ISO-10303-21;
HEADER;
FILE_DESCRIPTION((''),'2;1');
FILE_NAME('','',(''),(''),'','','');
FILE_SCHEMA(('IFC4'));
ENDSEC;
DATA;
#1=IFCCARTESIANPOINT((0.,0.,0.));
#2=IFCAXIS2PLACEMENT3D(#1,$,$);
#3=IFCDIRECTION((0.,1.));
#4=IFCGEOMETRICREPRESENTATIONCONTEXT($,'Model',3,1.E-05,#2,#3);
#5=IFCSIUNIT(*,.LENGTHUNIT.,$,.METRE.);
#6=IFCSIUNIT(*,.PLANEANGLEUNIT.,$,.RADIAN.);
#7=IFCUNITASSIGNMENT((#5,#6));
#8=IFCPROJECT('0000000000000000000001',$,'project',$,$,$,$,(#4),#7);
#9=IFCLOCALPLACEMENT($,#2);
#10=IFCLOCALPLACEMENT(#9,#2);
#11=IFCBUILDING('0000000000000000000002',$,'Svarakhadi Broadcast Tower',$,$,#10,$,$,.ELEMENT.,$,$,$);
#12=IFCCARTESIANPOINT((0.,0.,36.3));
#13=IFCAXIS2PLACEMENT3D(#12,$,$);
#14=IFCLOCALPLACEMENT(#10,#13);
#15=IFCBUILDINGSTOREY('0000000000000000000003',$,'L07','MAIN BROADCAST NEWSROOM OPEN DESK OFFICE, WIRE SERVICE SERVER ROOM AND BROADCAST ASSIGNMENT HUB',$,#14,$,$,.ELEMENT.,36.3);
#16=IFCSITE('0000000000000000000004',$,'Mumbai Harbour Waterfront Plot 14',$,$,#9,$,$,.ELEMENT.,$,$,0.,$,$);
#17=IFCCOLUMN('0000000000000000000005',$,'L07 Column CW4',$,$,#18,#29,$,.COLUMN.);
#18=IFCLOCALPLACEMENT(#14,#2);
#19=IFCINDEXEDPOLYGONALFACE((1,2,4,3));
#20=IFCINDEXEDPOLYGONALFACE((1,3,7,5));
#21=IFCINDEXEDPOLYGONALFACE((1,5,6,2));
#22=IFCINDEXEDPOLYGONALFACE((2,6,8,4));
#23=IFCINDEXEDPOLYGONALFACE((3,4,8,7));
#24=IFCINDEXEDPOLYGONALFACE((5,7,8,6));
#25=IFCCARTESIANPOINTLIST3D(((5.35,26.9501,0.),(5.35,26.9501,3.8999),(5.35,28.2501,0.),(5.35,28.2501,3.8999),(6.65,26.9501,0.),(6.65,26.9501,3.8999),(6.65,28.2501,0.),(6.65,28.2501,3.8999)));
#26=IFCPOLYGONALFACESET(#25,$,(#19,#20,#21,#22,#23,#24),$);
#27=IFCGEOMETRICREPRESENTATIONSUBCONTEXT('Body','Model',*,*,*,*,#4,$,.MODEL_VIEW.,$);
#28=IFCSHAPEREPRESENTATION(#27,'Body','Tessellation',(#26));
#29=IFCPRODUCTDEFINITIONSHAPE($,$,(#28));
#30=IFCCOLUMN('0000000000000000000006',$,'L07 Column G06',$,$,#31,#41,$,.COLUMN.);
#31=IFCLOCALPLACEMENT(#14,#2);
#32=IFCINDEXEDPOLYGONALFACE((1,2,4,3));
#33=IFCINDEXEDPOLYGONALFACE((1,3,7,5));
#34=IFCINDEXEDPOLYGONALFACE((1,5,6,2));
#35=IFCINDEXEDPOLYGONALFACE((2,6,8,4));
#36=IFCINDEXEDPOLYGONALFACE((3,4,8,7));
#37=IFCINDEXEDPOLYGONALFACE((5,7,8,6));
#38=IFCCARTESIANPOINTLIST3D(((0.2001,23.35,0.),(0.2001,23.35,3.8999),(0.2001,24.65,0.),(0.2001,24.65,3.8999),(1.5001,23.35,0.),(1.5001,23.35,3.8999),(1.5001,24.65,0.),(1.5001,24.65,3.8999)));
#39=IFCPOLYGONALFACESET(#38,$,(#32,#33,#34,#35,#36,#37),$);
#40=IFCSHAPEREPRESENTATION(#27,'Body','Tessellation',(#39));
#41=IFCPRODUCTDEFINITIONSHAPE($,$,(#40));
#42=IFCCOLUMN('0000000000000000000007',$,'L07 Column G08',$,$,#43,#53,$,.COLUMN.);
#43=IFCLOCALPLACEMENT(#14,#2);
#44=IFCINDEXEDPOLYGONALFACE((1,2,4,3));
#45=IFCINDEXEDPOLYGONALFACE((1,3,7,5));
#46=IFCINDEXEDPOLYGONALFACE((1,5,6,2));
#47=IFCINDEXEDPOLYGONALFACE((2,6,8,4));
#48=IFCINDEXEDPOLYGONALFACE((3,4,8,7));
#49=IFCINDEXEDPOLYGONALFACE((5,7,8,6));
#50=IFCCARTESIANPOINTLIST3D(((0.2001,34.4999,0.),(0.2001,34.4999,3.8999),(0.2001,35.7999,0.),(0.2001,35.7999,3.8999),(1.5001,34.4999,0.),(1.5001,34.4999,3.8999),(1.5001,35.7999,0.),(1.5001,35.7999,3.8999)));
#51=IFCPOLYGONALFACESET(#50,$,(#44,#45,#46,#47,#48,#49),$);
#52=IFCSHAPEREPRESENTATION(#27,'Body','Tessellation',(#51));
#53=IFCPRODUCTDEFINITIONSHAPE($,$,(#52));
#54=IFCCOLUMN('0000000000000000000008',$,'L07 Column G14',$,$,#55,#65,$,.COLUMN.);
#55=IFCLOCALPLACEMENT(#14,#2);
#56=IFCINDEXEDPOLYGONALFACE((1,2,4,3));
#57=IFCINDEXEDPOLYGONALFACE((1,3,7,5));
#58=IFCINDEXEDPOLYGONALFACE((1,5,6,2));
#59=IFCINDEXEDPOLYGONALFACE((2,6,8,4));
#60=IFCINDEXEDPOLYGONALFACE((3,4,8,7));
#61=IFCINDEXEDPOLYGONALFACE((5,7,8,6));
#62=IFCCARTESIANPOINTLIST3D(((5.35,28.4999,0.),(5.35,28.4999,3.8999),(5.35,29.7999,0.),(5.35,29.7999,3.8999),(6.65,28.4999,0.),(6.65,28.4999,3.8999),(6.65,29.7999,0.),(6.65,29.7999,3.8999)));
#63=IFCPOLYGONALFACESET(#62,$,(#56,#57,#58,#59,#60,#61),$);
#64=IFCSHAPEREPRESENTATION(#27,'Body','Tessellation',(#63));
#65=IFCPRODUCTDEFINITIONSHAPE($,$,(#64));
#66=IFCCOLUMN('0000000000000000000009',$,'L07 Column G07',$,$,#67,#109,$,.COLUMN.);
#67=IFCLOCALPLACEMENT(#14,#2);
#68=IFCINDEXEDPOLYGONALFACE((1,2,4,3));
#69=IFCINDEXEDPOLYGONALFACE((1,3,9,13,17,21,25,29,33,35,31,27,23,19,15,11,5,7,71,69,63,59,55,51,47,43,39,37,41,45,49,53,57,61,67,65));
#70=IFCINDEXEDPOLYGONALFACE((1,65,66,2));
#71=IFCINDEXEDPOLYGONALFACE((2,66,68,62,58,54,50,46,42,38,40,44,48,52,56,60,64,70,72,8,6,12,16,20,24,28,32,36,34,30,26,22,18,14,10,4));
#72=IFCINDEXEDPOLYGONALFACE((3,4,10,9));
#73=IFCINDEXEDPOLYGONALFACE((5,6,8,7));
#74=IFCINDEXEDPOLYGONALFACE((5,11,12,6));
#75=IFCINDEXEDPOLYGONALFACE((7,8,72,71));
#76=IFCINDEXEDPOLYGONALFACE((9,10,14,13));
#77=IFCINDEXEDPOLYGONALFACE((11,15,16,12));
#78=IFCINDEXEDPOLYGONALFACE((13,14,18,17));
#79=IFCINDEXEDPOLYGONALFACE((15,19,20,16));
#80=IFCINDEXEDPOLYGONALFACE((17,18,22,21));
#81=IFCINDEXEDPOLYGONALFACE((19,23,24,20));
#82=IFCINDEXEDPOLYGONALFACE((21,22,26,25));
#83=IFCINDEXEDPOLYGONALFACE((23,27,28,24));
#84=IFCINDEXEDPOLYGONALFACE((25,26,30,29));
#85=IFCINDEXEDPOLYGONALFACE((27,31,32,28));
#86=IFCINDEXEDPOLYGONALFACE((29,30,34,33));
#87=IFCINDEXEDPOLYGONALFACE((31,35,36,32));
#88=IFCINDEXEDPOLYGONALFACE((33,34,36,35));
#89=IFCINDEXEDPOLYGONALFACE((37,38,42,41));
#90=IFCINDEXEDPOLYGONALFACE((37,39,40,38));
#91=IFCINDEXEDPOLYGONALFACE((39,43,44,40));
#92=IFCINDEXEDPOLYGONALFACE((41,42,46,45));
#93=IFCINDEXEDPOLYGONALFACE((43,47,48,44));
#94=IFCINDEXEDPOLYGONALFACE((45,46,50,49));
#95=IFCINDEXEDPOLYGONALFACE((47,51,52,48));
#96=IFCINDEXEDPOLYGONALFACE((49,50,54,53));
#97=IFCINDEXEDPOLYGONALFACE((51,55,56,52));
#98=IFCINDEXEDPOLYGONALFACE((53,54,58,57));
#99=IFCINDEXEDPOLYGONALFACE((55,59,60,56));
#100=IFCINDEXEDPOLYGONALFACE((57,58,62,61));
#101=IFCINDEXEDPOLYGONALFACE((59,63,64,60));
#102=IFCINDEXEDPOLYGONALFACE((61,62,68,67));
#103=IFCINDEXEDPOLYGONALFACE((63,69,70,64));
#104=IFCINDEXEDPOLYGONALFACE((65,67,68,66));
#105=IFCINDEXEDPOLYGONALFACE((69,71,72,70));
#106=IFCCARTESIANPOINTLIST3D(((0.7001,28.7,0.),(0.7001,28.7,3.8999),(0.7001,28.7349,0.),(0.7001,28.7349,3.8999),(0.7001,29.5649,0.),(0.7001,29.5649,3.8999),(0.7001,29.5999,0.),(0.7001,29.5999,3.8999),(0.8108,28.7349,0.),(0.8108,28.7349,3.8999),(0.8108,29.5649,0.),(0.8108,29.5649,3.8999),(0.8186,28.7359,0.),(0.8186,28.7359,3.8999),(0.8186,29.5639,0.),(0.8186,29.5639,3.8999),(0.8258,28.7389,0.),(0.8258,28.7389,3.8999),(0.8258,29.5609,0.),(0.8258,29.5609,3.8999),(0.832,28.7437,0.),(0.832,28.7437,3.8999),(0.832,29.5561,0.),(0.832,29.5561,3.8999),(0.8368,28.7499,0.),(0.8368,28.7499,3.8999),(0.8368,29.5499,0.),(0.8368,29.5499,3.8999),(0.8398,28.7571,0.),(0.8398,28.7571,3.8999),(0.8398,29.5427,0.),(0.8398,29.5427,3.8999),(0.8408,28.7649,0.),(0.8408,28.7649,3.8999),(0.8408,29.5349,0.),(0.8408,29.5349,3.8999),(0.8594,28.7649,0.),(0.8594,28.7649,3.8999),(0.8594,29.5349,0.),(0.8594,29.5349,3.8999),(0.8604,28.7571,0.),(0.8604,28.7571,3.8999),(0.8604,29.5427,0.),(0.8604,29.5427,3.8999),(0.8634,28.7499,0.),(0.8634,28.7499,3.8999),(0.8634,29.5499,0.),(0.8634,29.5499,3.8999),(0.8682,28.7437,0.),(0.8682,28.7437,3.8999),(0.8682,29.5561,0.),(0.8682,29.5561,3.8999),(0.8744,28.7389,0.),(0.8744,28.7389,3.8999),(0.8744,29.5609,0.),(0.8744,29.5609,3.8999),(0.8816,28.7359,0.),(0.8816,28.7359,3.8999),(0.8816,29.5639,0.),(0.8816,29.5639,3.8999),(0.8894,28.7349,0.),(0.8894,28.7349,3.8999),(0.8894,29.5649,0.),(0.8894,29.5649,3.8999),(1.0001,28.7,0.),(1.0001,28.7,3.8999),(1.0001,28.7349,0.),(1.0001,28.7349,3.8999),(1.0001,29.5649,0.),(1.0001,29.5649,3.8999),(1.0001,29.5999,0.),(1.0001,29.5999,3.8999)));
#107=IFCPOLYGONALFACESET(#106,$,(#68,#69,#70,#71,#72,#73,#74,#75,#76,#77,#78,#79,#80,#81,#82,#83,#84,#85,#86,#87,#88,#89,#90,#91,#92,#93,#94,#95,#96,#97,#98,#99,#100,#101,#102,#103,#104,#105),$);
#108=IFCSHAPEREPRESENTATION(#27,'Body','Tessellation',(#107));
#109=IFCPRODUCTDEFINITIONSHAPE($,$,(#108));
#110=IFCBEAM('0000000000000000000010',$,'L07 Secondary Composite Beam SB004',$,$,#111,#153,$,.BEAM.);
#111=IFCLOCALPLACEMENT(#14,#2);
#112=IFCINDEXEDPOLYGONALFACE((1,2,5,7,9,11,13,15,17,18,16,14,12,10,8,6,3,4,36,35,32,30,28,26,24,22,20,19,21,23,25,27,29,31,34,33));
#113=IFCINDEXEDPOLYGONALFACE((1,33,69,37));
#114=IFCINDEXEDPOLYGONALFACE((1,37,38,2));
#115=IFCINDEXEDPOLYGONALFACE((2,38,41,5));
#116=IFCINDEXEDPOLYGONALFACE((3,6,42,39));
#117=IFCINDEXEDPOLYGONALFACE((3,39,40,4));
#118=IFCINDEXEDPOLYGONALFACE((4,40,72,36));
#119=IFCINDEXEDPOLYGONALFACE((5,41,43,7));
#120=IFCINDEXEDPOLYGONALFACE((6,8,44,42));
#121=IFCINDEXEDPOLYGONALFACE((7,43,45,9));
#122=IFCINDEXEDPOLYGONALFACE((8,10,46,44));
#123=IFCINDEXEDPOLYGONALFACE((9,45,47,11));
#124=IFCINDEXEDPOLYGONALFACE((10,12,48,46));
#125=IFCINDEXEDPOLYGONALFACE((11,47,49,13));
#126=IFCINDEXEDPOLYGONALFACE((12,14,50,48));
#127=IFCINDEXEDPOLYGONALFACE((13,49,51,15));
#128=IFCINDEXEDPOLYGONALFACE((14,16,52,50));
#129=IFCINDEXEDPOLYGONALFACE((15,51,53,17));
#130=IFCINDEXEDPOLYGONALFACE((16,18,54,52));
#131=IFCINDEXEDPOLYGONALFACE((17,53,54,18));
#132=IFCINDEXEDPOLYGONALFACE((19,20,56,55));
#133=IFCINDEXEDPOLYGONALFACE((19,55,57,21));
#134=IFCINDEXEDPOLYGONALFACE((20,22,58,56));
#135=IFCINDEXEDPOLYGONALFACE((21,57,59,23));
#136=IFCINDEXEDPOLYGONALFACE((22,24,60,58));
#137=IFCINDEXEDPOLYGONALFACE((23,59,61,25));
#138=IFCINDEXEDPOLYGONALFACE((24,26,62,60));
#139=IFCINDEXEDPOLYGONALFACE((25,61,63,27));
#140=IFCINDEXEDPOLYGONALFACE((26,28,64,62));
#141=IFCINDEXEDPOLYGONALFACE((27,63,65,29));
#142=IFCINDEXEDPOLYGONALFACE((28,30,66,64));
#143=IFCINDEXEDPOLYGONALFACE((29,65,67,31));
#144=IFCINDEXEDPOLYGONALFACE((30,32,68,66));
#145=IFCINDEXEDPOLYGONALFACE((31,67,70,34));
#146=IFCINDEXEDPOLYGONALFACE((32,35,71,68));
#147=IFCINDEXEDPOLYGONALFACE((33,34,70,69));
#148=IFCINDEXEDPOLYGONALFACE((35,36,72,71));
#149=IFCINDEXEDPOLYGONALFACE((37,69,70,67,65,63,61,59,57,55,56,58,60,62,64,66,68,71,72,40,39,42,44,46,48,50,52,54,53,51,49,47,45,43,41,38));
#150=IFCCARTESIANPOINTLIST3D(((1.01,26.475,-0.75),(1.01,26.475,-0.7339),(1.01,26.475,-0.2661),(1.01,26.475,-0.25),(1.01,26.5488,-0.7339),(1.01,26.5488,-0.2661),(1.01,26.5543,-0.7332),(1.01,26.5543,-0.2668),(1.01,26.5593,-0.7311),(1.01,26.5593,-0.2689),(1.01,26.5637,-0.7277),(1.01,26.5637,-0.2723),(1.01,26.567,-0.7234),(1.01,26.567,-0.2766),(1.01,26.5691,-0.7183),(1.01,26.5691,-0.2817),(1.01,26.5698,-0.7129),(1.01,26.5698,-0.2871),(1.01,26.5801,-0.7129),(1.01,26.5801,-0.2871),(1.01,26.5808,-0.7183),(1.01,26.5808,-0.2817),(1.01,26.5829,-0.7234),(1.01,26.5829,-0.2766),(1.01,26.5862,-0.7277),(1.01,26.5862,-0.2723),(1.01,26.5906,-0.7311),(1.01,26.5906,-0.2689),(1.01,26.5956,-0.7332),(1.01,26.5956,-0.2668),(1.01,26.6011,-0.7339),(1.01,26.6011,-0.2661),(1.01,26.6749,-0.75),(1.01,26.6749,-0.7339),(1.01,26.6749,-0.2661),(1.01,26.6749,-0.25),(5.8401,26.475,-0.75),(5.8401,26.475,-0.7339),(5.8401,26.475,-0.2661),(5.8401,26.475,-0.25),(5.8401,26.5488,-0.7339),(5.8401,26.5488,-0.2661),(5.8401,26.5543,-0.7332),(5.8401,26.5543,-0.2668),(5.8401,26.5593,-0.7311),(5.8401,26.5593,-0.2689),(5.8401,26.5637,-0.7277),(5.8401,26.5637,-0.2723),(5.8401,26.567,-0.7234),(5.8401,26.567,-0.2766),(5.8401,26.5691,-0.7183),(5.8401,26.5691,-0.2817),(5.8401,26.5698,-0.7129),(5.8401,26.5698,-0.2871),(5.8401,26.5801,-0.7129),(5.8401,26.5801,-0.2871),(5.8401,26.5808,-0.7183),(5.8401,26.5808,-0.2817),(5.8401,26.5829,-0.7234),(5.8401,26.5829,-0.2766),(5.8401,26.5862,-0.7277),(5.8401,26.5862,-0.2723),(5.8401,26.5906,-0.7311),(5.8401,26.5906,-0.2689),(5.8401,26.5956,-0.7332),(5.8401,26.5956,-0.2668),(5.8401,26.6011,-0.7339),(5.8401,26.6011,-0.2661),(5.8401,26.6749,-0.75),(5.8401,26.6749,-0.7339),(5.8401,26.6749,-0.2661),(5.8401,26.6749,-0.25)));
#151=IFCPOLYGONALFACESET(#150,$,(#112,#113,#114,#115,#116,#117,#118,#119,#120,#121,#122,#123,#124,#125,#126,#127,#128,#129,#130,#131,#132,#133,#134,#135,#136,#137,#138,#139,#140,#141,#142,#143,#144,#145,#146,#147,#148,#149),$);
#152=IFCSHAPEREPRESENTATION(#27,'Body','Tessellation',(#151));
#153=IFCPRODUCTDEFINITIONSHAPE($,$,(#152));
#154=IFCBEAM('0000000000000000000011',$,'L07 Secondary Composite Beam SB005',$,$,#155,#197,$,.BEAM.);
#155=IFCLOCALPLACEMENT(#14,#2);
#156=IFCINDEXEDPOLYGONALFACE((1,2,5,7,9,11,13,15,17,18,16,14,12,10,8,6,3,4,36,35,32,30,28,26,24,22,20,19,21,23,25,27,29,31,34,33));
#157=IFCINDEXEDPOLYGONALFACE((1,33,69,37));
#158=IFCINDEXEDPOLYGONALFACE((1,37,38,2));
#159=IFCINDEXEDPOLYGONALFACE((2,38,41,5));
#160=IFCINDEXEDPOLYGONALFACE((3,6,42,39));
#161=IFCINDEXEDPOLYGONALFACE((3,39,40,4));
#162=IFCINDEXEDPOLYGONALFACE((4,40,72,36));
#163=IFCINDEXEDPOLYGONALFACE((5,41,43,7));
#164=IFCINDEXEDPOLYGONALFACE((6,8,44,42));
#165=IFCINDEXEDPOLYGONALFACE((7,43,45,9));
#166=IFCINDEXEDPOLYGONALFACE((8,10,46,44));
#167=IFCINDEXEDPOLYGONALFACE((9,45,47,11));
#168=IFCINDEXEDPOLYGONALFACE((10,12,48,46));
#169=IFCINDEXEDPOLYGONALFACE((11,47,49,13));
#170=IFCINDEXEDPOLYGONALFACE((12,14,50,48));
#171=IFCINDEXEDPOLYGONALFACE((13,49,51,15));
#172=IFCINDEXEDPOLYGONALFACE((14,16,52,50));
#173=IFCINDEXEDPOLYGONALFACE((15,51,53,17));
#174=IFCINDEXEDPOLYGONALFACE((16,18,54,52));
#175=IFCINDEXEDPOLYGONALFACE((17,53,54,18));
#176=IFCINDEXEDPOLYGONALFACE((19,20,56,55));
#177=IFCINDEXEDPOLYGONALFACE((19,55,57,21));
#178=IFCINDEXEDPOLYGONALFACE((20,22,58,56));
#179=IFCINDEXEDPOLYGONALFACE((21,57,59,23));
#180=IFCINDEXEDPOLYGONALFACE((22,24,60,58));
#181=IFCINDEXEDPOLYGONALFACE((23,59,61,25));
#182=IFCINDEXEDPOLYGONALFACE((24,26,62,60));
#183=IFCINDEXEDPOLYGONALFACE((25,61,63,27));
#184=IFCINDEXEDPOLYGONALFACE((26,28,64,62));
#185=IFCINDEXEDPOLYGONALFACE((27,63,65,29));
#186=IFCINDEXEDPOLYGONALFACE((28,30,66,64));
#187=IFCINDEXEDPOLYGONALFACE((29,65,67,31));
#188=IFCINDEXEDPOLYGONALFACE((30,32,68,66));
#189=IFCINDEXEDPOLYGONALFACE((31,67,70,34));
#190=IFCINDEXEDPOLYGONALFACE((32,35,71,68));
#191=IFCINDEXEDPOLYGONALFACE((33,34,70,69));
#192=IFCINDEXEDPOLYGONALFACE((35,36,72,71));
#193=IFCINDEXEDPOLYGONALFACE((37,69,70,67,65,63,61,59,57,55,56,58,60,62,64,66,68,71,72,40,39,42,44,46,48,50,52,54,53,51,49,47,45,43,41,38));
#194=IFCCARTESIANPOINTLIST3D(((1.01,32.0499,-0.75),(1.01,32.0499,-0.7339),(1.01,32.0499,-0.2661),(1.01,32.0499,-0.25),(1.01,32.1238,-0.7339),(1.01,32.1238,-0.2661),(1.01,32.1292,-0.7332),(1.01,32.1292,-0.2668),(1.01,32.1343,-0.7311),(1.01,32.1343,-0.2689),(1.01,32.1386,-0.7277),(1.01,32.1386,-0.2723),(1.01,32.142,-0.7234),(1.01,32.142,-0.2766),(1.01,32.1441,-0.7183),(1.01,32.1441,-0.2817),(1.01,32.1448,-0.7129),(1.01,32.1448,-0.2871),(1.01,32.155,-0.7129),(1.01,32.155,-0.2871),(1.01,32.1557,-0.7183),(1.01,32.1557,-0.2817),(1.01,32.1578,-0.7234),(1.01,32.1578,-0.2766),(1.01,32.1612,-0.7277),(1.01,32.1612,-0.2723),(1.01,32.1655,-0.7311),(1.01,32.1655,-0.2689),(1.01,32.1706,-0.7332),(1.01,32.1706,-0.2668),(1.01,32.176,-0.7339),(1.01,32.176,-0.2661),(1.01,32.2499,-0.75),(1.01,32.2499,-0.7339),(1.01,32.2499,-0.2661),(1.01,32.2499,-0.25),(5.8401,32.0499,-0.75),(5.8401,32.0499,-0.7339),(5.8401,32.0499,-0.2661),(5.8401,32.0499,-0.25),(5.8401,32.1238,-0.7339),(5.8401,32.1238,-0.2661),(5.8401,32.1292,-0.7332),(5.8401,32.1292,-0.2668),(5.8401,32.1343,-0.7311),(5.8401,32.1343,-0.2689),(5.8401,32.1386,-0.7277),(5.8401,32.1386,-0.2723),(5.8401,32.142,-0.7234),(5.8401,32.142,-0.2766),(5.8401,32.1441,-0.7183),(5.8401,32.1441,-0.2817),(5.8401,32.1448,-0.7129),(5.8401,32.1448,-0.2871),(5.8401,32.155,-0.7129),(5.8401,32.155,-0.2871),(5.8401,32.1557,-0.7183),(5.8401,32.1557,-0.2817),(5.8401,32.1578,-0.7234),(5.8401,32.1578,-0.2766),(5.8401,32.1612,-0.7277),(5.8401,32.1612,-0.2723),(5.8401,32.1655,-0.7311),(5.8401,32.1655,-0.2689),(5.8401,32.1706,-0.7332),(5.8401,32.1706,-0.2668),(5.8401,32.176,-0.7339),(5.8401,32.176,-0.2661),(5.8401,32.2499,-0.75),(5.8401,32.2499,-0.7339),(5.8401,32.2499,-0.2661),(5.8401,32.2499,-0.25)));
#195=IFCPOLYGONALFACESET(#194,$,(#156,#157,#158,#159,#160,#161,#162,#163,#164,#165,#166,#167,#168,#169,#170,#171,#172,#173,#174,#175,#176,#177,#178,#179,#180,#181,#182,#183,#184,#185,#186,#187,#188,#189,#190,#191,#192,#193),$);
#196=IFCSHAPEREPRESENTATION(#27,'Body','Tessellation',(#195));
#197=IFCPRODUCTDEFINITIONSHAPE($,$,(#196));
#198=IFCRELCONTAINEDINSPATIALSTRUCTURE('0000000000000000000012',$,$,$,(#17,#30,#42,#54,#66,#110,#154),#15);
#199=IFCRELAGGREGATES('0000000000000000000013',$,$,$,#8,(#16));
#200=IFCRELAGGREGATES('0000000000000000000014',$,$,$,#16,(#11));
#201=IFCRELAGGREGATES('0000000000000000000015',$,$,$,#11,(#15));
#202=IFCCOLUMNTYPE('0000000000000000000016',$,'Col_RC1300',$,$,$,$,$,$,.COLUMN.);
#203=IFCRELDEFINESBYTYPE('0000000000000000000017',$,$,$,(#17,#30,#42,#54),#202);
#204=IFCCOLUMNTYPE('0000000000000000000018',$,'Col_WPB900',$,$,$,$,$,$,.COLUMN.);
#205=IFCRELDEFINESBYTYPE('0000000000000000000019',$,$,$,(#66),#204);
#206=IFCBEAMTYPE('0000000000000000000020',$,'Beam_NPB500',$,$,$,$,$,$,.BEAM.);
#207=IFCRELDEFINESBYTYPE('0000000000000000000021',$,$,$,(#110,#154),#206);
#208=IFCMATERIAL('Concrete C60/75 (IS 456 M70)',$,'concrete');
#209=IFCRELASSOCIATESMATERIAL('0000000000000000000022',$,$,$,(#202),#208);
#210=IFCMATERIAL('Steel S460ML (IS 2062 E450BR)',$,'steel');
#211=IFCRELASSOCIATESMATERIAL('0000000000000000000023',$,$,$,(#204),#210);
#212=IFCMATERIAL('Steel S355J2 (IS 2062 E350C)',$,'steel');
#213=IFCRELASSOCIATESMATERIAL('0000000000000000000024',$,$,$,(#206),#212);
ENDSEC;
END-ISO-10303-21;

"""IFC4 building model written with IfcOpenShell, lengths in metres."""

from ifc_helpers import new_model, si_unit, direction, frame, origin, origin_2d, place, context, subcontext, project, spatial, rectangle, i_section, extrude, material, material_profile, profile_set, type_object, element, save


model = new_model("IFC4")

# Units and contexts
model_context = context("Model", 3, precision=1e-05, world=origin(), true_north=direction((0.0, 1.0)))
body_context = subcontext(model_context, "Body", "Model", "MODEL_VIEW")
ifc_project = project(units=[si_unit("LENGTHUNIT", "METRE"), si_unit("PLANEANGLEUNIT", "RADIAN")], contexts=[model_context])

# Site, building, storey
site_placement = place(None, origin())
site = spatial("IfcSite", under=ifc_project, at=site_placement, Name="Mumbai Harbour Waterfront Plot 14", CompositionType="ELEMENT", RefElevation=0.0)
building_placement = place(site_placement, origin())
building = spatial("IfcBuilding", under=site, at=building_placement, Name="Svarakhadi Broadcast Tower", CompositionType="ELEMENT")
storey_placement = place(building_placement, frame((0.0, 0.0, 36.3)))
storey = spatial("IfcBuildingStorey", under=building, at=storey_placement, Name="L07", Description="MAIN BROADCAST NEWSROOM OPEN DESK OFFICE, WIRE SERVICE SERVER ROOM AND BROADCAST ASSIGNMENT HUB", CompositionType="ELEMENT", Elevation=36.3)

# Columns
ifc_material_1 = material(Name="Concrete C60/75 (IS 456 M70)", Category="concrete")
ifc_material_profile_1 = material_profile(ifc_material_1, rectangle(XDim=1.3, YDim=1.3, at=origin_2d()), Name="RC 1300x1300")
ifc_profile_set_1 = profile_set([ifc_material_profile_1], Name="Concrete C60/75 (IS 456 M70)")
column_type_1 = type_object("IfcColumnType", Name="Col_RC1300", PredefinedType="COLUMN", material=ifc_profile_set_1)
for number, where, z_axis, x_axis, name in (
    (1, (6.0, 27.6001, 0.0), (0.0, 0.0, 1.0), (1.0, 0.0, 0.0), "L07 Column CW4"),
    (2, (0.8501, 24.0, 0.0), (0.0, 0.0, 1.0), (1.0, 0.0, 0.0), "L07 Column G06"),
    (3, (0.8501, 35.1499, 0.0), (0.0, 0.0, 1.0), (1.0, 0.0, 0.0), "L07 Column G08"),
    (4, (6.0, 29.1499, 0.0), (0.0, 0.0, 1.0), (1.0, 0.0, 0.0), "L07 Column G14"),
):
    element("IfcColumn", number, at=place(storey_placement, frame(where, z_axis=z_axis, x_axis=x_axis)), inside=storey, type_object=column_type_1, Name=name, PredefinedType="COLUMN", context=body_context, shape_type="SweptSolid", body=[
        extrude(rectangle(XDim=1.3, YDim=1.3, at=origin_2d()), origin(), (0.0, 0.0, 1.0), 3.8999),
    ])
ifc_material_2 = material(Name="Steel S460ML (IS 2062 E450BR)", Category="steel")
ifc_material_profile_2 = material_profile(ifc_material_2, i_section(OverallWidth=0.3, OverallDepth=0.8999, WebThickness=0.0186, FlangeThickness=0.0349, FilletRadius=0.03, at=origin_2d()), Name="WPB 900x300x291")
ifc_profile_set_2 = profile_set([ifc_material_profile_2], Name="Steel S460ML (IS 2062 E450BR)")
column_type_2 = type_object("IfcColumnType", Name="Col_WPB900", PredefinedType="COLUMN", material=ifc_profile_set_2)
column_placement = place(storey_placement, frame((0.8501, 29.1499, 0.0), z_axis=(0.0, 0.0, 1.0), x_axis=(1.0, 0.0, 0.0)))
element("IfcColumn", 5, at=column_placement, inside=storey, type_object=column_type_2, Name="L07 Column G07", PredefinedType="COLUMN", context=body_context, shape_type="SweptSolid", body=[
    extrude(i_section(OverallWidth=0.3, OverallDepth=0.8999, WebThickness=0.0186, FlangeThickness=0.0349, FilletRadius=0.03, at=origin_2d()), origin(), (0.0, 0.0, 1.0), 3.8999),
])

# Beams
ifc_material_3 = material(Name="Steel S355J2 (IS 2062 E350C)", Category="steel")
ifc_material_profile_3 = material_profile(ifc_material_3, i_section(OverallWidth=0.2, OverallDepth=0.5, WebThickness=0.0103, FlangeThickness=0.0161, FilletRadius=0.021, at=origin_2d()), Name="NPB 500x200x91")
ifc_profile_set_3 = profile_set([ifc_material_profile_3], Name="Steel S355J2 (IS 2062 E350C)")
beam_type_1 = type_object("IfcBeamType", Name="Beam_NPB500", PredefinedType="BEAM", material=ifc_profile_set_3)
for number, where, z_axis, x_axis, name in (
    (6, (1.01, 26.575, -0.5), (1.0, 0.0, 0.0), (0.0, 1.0, 0.0), "L07 Secondary Composite Beam SB004"),
    (7, (1.01, 32.1499, -0.5), (1.0, 0.0, 0.0), (0.0, 1.0, 0.0), "L07 Secondary Composite Beam SB005"),
):
    element("IfcBeam", number, at=place(storey_placement, frame(where, z_axis=z_axis, x_axis=x_axis)), inside=storey, type_object=beam_type_1, Name=name, PredefinedType="BEAM", context=body_context, shape_type="SweptSolid", body=[
        extrude(i_section(OverallWidth=0.2, OverallDepth=0.5, WebThickness=0.0103, FlangeThickness=0.0161, FilletRadius=0.021, at=origin_2d()), origin(), (0.0, 0.0, 1.0), 4.8301),
    ])

save(model, "model.ifc")
